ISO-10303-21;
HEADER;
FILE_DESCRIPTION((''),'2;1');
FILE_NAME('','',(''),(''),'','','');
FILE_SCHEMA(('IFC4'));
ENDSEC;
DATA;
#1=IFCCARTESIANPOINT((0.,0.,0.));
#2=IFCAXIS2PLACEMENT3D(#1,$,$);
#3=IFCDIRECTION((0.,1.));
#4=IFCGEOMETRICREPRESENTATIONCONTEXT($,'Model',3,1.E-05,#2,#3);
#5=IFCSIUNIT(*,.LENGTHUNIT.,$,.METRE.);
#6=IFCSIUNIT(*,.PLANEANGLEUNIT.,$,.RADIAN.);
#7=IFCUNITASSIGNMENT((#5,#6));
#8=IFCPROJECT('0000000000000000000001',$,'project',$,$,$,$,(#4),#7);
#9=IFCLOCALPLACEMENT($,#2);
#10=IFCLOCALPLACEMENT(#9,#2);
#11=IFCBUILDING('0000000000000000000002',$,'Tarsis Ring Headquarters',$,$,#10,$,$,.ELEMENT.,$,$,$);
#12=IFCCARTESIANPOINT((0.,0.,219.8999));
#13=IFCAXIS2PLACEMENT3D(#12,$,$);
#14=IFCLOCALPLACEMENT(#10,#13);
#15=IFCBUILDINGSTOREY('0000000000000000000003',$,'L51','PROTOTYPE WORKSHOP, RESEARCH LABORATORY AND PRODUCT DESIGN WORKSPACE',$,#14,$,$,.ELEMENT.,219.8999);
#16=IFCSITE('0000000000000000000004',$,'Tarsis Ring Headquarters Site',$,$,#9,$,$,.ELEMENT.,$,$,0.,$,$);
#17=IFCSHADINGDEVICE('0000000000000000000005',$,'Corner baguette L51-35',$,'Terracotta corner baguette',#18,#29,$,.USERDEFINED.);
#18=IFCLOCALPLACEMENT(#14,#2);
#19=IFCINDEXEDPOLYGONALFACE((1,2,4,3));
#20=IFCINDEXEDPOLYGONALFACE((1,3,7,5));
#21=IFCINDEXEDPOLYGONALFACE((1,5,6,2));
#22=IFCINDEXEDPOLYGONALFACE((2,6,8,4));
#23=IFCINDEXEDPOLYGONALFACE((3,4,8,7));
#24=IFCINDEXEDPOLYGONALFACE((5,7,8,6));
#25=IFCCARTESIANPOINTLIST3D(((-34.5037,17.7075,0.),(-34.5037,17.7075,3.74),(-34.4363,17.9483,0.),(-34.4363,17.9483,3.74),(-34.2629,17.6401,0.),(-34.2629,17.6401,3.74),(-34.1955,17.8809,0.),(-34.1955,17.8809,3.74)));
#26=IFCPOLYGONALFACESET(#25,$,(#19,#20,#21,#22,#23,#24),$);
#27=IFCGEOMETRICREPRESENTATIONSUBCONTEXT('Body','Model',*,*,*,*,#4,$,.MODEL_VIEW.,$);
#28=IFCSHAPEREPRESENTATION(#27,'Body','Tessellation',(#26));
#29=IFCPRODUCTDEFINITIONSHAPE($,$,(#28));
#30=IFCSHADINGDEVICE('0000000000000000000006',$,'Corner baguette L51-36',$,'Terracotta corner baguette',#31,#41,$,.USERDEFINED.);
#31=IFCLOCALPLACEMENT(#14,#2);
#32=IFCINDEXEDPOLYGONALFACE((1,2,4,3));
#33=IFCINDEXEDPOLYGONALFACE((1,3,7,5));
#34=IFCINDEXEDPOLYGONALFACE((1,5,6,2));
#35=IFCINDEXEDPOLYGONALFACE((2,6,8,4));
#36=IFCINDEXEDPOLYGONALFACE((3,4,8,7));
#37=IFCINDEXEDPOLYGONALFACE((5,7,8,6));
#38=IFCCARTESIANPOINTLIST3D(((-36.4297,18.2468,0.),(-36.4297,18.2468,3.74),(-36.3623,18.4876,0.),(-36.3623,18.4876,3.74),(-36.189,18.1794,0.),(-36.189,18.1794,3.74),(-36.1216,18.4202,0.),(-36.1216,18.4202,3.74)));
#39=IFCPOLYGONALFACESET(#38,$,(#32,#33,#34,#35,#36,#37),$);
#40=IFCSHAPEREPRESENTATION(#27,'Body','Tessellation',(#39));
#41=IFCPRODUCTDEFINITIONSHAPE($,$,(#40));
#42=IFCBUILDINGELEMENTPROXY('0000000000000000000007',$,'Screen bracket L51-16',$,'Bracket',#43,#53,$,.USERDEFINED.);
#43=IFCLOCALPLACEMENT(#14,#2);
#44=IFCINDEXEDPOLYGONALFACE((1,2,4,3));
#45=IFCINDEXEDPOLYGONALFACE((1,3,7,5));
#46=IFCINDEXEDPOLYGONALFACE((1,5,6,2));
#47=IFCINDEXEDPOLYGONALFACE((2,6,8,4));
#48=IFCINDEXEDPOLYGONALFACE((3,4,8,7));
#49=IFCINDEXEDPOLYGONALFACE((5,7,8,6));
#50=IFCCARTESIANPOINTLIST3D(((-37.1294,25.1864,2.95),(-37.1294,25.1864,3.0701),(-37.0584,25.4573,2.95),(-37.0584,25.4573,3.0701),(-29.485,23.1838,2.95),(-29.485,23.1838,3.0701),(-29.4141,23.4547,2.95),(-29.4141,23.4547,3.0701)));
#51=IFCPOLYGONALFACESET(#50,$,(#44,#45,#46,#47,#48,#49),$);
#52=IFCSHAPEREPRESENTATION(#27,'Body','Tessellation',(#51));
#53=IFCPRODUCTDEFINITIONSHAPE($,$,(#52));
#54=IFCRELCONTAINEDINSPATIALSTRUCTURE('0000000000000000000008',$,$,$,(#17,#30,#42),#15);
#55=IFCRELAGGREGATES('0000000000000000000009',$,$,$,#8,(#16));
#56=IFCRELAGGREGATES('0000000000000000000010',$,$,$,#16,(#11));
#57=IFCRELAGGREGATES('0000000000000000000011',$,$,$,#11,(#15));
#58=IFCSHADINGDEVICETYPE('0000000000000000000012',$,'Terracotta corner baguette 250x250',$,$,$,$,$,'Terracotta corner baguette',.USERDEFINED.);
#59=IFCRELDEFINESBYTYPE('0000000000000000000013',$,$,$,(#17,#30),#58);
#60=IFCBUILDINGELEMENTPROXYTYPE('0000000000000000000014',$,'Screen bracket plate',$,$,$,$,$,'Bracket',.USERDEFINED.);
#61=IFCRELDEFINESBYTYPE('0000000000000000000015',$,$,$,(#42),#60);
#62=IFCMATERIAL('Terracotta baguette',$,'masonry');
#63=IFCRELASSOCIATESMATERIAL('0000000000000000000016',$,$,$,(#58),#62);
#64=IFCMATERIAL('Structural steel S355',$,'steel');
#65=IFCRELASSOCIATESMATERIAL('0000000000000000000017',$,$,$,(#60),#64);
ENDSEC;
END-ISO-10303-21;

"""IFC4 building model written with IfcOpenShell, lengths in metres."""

from ifc_helpers import new_model, si_unit, direction, frame, origin, origin_2d, place, context, subcontext, project, spatial, rectangle, extrude, material, type_object, element, save


model = new_model("IFC4")

# Units and contexts
model_context = context("Model", 3, precision=1e-05, world=origin(), true_north=direction((0.0, 1.0)))
body_context = subcontext(model_context, "Body", "Model", "MODEL_VIEW")
ifc_project = project(units=[si_unit("LENGTHUNIT", "METRE"), si_unit("PLANEANGLEUNIT", "RADIAN")], contexts=[model_context])

# Site, building, storey
site_placement = place(None, origin())
site = spatial("IfcSite", under=ifc_project, at=site_placement, Name="Tarsis Ring Headquarters Site", CompositionType="ELEMENT", RefElevation=0.0)
building_placement = place(site_placement, origin())
building = spatial("IfcBuilding", under=site, at=building_placement, Name="Tarsis Ring Headquarters", CompositionType="ELEMENT")
storey_placement = place(building_placement, frame((0.0, 0.0, 219.8999)))
storey = spatial("IfcBuildingStorey", under=building, at=storey_placement, Name="L51", Description="PROTOTYPE WORKSHOP, RESEARCH LABORATORY AND PRODUCT DESIGN WORKSPACE", CompositionType="ELEMENT", Elevation=219.8999)

# Shared definitions
ifc_material_1 = material(Name="Structural steel S355", Category="steel")

# Shading devices
ifc_material_2 = material(Name="Terracotta baguette", Category="masonry")
shading_device_type_1 = type_object("IfcShadingDeviceType", Name="Terracotta corner baguette 250x250", ElementType="Terracotta corner baguette", PredefinedType="USERDEFINED", material=ifc_material_2)
for number, where, z_axis, x_axis, name in (
    (1, (-34.3496, 17.7942, 0.0), (0.0, 0.0, 1.0), (-0.269592, -0.962975, 0.0), "Corner baguette L51-35"),
    (2, (-36.2756, 18.3335, 0.0), (0.0, 0.0, 1.0), (-0.962974, 0.269593, 0.0), "Corner baguette L51-36"),
):
    element("IfcShadingDevice", number, at=place(storey_placement, frame(where, z_axis=z_axis, x_axis=x_axis)), inside=storey, type_object=shading_device_type_1, Name=name, ObjectType="Terracotta corner baguette", PredefinedType="USERDEFINED", context=body_context, shape_type="SweptSolid", body=[
        extrude(rectangle(XDim=0.25, YDim=0.25, at=origin_2d()), origin(), (0.0, 0.0, 1.0), 3.74),
    ])

# Building element proxy
building_element_proxy_type = type_object("IfcBuildingElementProxyType", Name="Screen bracket plate", ElementType="Bracket", PredefinedType="USERDEFINED", material=ifc_material_1)
proxy_placement = place(storey_placement, frame((-33.2717, 24.3206, 2.95), z_axis=(0.0, 0.0, 1.0), x_axis=(-0.967356, 0.25342, 0.0)))
element("IfcBuildingElementProxy", 3, at=proxy_placement, inside=storey, type_object=building_element_proxy_type, Name="Screen bracket L51-16", ObjectType="Bracket", PredefinedType="USERDEFINED", context=body_context, shape_type="SweptSolid", body=[
    extrude(rectangle(XDim=7.9023, YDim=0.28, at=origin_2d()), origin(), (0.0, 0.0, 1.0), 0.1201),
])

save(model, "model.ifc")
